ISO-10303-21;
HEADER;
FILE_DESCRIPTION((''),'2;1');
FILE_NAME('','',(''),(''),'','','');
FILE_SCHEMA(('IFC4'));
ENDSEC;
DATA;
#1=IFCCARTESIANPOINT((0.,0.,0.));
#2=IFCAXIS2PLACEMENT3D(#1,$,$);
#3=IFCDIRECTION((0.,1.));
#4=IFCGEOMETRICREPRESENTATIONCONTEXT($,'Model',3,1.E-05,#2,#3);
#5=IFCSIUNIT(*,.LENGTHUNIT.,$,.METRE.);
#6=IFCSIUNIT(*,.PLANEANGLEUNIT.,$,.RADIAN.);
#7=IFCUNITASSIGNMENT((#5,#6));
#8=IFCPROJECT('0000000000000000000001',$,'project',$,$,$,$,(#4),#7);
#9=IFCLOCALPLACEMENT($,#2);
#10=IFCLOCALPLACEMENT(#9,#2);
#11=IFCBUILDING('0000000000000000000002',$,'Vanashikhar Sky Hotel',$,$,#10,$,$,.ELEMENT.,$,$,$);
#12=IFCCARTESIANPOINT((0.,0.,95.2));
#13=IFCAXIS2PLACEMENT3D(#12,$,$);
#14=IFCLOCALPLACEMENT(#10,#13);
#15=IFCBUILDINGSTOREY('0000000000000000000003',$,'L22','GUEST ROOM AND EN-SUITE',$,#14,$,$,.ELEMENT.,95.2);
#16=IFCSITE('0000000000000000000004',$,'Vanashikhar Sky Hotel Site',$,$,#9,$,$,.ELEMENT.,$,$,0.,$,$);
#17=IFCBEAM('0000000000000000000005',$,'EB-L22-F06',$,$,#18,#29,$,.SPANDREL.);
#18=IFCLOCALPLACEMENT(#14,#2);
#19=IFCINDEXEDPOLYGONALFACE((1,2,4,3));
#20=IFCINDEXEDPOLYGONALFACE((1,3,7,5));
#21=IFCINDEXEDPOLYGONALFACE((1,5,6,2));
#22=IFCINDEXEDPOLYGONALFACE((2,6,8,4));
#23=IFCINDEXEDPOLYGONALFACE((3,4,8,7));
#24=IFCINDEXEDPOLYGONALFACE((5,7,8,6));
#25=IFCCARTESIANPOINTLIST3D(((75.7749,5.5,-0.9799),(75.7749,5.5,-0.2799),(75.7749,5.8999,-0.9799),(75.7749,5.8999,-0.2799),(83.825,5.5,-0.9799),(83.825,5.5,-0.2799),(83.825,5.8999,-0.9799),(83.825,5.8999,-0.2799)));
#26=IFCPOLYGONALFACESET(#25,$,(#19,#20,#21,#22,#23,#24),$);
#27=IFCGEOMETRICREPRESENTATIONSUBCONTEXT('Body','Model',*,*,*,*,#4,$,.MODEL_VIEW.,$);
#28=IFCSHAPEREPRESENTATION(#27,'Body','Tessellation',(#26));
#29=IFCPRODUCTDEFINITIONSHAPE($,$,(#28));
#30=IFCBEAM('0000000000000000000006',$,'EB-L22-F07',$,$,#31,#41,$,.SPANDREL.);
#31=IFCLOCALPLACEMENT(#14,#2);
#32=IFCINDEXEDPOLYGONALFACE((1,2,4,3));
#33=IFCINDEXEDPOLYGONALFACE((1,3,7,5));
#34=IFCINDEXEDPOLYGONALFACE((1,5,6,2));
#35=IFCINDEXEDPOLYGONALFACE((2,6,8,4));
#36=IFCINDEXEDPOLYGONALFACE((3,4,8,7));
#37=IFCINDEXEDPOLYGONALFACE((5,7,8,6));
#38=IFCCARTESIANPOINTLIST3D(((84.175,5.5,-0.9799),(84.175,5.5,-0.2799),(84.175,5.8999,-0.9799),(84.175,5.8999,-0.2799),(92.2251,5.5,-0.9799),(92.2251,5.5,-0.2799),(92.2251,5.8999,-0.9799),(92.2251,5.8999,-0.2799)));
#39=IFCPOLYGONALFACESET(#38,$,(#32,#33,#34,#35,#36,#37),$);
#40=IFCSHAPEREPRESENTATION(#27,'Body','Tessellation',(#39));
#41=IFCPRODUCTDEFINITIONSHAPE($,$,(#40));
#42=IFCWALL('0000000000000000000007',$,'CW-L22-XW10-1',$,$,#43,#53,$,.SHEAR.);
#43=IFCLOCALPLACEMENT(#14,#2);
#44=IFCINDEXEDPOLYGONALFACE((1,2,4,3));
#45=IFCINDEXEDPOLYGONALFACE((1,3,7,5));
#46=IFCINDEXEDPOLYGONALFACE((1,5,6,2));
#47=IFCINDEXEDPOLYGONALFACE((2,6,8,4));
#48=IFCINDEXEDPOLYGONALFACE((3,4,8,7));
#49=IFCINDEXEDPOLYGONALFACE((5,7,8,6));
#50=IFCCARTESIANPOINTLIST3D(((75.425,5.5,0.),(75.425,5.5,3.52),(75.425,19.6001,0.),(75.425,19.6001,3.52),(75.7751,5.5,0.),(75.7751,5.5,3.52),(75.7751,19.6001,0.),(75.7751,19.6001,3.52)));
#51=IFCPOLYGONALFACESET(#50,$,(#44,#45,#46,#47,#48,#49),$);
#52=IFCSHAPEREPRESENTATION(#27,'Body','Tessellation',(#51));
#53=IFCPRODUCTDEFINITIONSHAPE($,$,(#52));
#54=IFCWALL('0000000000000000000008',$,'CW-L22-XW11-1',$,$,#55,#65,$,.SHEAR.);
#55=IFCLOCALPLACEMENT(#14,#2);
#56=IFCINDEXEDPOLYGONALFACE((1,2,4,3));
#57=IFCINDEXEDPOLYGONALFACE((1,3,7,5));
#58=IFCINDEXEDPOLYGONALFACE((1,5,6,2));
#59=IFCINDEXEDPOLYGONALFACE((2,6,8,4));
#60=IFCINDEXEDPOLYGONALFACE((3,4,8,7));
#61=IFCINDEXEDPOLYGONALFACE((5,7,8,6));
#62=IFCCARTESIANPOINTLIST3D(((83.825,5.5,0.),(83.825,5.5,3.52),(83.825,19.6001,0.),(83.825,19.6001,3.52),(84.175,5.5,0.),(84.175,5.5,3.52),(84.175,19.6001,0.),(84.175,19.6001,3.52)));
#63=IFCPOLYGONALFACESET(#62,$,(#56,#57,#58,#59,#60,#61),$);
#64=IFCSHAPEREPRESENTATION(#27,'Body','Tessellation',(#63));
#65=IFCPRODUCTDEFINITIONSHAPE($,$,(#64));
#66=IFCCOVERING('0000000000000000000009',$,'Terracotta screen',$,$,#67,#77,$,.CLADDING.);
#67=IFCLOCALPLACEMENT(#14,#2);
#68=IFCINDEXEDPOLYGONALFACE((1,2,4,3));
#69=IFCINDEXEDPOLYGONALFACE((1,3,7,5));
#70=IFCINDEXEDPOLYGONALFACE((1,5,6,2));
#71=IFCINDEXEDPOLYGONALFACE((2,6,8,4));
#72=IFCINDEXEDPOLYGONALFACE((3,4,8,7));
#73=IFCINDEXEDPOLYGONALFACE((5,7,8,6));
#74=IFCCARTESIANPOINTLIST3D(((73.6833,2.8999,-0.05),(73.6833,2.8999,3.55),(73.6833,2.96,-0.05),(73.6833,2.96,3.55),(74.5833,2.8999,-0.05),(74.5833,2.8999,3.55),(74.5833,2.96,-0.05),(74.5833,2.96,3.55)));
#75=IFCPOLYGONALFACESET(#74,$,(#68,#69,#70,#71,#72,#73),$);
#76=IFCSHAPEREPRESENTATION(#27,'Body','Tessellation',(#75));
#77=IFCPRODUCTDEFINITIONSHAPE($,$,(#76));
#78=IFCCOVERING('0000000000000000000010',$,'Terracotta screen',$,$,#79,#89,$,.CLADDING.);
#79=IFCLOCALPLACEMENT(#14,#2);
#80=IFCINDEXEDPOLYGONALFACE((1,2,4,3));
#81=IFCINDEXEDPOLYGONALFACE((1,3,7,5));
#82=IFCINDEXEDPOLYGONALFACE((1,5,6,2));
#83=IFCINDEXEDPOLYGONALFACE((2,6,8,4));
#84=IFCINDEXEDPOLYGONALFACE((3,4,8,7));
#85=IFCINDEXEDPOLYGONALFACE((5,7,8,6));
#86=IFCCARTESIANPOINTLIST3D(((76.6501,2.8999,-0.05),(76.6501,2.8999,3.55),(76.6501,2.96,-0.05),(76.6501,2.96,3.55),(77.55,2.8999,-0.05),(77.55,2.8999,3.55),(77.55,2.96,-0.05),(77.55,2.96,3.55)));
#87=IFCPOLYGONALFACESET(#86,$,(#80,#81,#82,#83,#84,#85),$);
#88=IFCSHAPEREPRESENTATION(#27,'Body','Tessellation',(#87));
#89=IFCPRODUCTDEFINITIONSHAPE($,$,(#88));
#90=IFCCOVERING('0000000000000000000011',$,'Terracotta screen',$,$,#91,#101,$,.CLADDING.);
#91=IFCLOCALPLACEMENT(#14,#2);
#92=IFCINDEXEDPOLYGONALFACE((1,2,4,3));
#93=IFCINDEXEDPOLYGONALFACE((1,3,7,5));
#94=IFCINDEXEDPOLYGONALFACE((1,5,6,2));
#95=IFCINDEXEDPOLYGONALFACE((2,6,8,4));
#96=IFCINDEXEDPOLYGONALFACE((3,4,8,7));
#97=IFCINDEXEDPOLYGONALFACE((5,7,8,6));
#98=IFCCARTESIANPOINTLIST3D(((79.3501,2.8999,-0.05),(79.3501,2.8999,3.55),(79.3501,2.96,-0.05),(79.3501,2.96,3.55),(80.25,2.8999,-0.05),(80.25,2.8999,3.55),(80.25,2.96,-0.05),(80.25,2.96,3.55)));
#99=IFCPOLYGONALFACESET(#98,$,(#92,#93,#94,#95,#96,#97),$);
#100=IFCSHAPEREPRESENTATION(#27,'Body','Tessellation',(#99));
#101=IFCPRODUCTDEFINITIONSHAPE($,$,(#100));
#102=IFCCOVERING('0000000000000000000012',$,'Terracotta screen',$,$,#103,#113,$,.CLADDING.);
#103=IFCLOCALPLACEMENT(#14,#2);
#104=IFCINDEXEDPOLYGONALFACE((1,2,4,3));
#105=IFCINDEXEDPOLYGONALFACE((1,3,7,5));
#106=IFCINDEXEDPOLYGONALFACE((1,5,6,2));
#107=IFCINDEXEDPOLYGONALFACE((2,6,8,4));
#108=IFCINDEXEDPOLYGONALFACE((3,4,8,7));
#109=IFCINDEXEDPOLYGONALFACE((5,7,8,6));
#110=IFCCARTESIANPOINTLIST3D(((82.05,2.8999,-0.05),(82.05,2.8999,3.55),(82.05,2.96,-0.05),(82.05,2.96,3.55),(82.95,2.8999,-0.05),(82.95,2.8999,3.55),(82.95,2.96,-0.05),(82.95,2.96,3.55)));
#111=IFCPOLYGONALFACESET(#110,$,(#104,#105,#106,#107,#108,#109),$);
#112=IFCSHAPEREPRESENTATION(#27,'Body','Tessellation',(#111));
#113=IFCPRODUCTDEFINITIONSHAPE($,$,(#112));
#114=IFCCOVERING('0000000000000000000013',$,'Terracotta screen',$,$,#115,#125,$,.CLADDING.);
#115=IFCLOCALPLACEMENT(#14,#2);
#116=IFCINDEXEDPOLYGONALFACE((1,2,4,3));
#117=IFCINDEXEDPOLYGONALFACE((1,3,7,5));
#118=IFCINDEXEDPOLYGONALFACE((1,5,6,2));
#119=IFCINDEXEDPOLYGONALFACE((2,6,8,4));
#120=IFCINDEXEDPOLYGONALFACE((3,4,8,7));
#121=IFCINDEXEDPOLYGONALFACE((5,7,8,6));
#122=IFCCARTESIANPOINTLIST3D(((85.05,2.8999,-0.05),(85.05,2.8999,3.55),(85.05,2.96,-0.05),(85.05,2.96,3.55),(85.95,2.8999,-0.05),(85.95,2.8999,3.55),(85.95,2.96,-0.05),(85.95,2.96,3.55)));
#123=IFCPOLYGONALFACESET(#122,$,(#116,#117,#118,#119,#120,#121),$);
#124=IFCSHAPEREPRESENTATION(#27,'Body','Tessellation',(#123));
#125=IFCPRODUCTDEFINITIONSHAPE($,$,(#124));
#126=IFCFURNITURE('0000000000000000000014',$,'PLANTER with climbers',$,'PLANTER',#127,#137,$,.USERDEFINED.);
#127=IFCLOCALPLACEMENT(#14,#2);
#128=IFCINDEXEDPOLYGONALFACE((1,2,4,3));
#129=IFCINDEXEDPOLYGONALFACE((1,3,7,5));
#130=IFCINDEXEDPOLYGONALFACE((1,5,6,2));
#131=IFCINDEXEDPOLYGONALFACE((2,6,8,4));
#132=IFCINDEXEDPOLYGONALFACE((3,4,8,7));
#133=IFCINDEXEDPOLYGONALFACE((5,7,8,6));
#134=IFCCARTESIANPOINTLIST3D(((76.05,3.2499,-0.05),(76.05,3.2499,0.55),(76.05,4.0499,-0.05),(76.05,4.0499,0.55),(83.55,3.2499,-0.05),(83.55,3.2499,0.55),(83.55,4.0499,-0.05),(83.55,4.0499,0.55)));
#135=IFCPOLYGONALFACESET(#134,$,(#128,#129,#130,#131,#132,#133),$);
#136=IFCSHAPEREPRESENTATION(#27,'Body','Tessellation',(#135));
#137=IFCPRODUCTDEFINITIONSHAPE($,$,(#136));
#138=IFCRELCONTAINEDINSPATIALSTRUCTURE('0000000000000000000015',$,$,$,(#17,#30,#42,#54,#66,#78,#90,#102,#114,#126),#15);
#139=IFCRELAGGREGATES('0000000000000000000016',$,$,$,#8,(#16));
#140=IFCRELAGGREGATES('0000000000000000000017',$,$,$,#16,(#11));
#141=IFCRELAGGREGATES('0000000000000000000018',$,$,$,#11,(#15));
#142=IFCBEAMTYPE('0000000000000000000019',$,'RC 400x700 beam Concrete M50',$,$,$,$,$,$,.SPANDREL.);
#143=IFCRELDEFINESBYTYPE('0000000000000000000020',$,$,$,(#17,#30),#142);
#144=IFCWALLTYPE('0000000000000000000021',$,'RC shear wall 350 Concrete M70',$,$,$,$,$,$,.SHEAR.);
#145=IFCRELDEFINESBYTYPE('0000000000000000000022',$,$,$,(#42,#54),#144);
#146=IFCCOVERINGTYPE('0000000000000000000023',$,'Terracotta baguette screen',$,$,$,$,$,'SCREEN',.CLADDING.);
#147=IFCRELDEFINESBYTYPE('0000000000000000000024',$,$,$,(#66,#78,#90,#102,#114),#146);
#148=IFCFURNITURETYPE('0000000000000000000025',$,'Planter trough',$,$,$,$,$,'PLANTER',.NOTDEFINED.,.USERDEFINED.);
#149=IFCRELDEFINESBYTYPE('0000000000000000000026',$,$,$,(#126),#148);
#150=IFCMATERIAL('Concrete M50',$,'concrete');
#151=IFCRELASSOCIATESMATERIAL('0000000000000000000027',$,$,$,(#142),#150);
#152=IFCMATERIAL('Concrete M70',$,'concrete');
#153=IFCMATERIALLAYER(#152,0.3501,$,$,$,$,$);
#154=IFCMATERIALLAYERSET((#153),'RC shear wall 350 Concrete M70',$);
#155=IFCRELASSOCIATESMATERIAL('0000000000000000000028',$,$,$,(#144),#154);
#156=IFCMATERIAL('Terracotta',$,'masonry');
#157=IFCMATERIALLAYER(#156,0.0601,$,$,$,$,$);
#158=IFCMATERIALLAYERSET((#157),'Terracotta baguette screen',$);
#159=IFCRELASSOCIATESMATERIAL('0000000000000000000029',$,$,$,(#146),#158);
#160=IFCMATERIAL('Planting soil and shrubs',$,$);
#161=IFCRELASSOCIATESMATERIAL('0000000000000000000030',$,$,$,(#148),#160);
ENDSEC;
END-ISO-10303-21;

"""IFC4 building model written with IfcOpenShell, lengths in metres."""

from ifc_helpers import new_model, si_unit, direction, frame, frame_2d, origin, origin_2d, place, context, subcontext, project, spatial, rectangle, extrude, source, transform, mapped, material, layer, layer_set, material_profile, profile_set, type_object, element, save


model = new_model("IFC4")

# Units and contexts
model_context = context("Model", 3, precision=1e-05, world=origin(), true_north=direction((0.0, 1.0)))
body_context = subcontext(model_context, "Body", "Model", "MODEL_VIEW")
ifc_project = project(units=[si_unit("LENGTHUNIT", "METRE"), si_unit("PLANEANGLEUNIT", "RADIAN")], contexts=[model_context])

# Site, building, storey
site_placement = place(None, origin())
site = spatial("IfcSite", under=ifc_project, at=site_placement, Name="Vanashikhar Sky Hotel Site", CompositionType="ELEMENT", RefElevation=0.0)
building_placement = place(site_placement, origin())
building = spatial("IfcBuilding", under=site, at=building_placement, Name="Vanashikhar Sky Hotel", CompositionType="ELEMENT")
storey_placement = place(building_placement, frame((0.0, 0.0, 95.2)))
storey = spatial("IfcBuildingStorey", under=building, at=storey_placement, Name="L22", Description="GUEST ROOM AND EN-SUITE", CompositionType="ELEMENT", Elevation=95.2)

# Beams
ifc_material_1 = material(Name="Concrete M50", Category="concrete")
ifc_material_profile = material_profile(ifc_material_1, rectangle(XDim=0.3999, YDim=0.7, at=origin_2d()))
ifc_profile_set = profile_set([ifc_material_profile], Name="RC 400x700 beam Concrete M50")
beam_type = type_object("IfcBeamType", Name="RC 400x700 beam Concrete M50", PredefinedType="SPANDREL", material=ifc_profile_set)
shared_shape_1 = source(origin(), body_context, "Body", "SweptSolid", [
    extrude(rectangle(XDim=0.3999, YDim=0.7, at=origin_2d()), origin(), (0.0, 0.0, 1.0), 8.05),
])
for number, where, z_axis, x_axis, name in (
    (1, (75.7749, 5.7, -0.6299), (1.0, 0.0, 0.0), (0.0, 1.0, 0.0), "EB-L22-F06"),
    (2, (84.175, 5.7, -0.6299), (1.0, 0.0, 0.0), (0.0, 1.0, 0.0), "EB-L22-F07"),
):
    element("IfcBeam", number, at=place(storey_placement, frame(where, z_axis=z_axis, x_axis=x_axis)), inside=storey, type_object=beam_type, Name=name, PredefinedType="SPANDREL", context=body_context, shape_type="MappedRepresentation", body=[
        mapped(shared_shape_1, transform((0.0, 0.0, 0.0), scale=1.0)),
    ])

# Walls
ifc_material_2 = material(Name="Concrete M70", Category="concrete")
ifc_layer_1 = layer(ifc_material_2, 0.3501)
ifc_layer_set_1 = layer_set([ifc_layer_1], Name="RC shear wall 350 Concrete M70")
wall_type_1 = type_object("IfcWallType", Name="RC shear wall 350 Concrete M70", PredefinedType="SHEAR", material=ifc_layer_set_1)
shared_shape_2 = source(origin(), body_context, "Body", "SweptSolid", [
    extrude(rectangle(XDim=14.1001, YDim=0.3501, at=frame_2d((7.05, 0.0))), origin(), (0.0, 0.0, 1.0), 3.52),
])
for number, where, z_axis, x_axis, name in (
    (3, (75.6001, 5.5, 0.0), (0.0, 0.0, 1.0), (0.0, 1.0, 0.0), "CW-L22-XW10-1"),
    (4, (84.0, 5.5, 0.0), (0.0, 0.0, 1.0), (0.0, 1.0, 0.0), "CW-L22-XW11-1"),
):
    element("IfcWall", number, at=place(storey_placement, frame(where, z_axis=z_axis, x_axis=x_axis)), inside=storey, type_object=wall_type_1, Name=name, PredefinedType="SHEAR", context=body_context, shape_type="MappedRepresentation", body=[
        mapped(shared_shape_2, transform((0.0, 0.0, 0.0), scale=1.0)),
    ])

# Coverings
ifc_material_3 = material(Name="Terracotta", Category="masonry")
ifc_layer_2 = layer(ifc_material_3, 0.0601)
ifc_layer_set_2 = layer_set([ifc_layer_2], Name="Terracotta baguette screen")
covering_type = type_object("IfcCoveringType", Name="Terracotta baguette screen", ElementType="SCREEN", PredefinedType="CLADDING", material=ifc_layer_set_2)
shared_shape_3 = source(origin(), body_context, "Body", "SweptSolid", [
    extrude(rectangle(XDim=0.8999, YDim=0.0601, at=origin_2d()), origin(), (0.0, 0.0, 1.0), 3.6001),
])
for number, where, z_axis, x_axis, name in (
    (5, (74.1333, 2.9299, -0.05), (0.0, 0.0, 1.0), (1.0, 0.0, 0.0), "Terracotta screen"),
    (6, (77.1001, 2.9299, -0.05), (0.0, 0.0, 1.0), (1.0, 0.0, 0.0), "Terracotta screen"),
    (7, (79.8, 2.9299, -0.05), (0.0, 0.0, 1.0), (1.0, 0.0, 0.0), "Terracotta screen"),
    (8, (82.5, 2.9299, -0.05), (0.0, 0.0, 1.0), (1.0, 0.0, 0.0), "Terracotta screen"),
    (9, (85.5, 2.9299, -0.05), (0.0, 0.0, 1.0), (1.0, 0.0, 0.0), "Terracotta screen"),
):
    element("IfcCovering", number, at=place(storey_placement, frame(where, z_axis=z_axis, x_axis=x_axis)), inside=storey, type_object=covering_type, Name=name, PredefinedType="CLADDING", context=body_context, shape_type="MappedRepresentation", body=[
        mapped(shared_shape_3, transform((0.0, 0.0, 0.0), scale=1.0)),
    ])

# Furniture
ifc_material_4 = material(Name="Planting soil and shrubs")
furniture_type = type_object("IfcFurnitureType", Name="Planter trough", ElementType="PLANTER", AssemblyPlace="NOTDEFINED", PredefinedType="USERDEFINED", material=ifc_material_4)
shared_shape_4 = source(origin(), body_context, "Body", "SweptSolid", [
    extrude(rectangle(XDim=7.5, YDim=0.8, at=origin_2d()), origin(), (0.0, 0.0, 1.0), 0.6001),
])
furniture_placement = place(storey_placement, frame((79.8, 3.6499, -0.05), z_axis=(0.0, 0.0, 1.0), x_axis=(1.0, 0.0, 0.0)))
element("IfcFurniture", 10, at=furniture_placement, inside=storey, type_object=furniture_type, Name="PLANTER with climbers", ObjectType="PLANTER", PredefinedType="USERDEFINED", context=body_context, shape_type="MappedRepresentation", body=[
    mapped(shared_shape_4, transform((0.0, 0.0, 0.0), scale=1.0)),
])

save(model, "model.ifc")
